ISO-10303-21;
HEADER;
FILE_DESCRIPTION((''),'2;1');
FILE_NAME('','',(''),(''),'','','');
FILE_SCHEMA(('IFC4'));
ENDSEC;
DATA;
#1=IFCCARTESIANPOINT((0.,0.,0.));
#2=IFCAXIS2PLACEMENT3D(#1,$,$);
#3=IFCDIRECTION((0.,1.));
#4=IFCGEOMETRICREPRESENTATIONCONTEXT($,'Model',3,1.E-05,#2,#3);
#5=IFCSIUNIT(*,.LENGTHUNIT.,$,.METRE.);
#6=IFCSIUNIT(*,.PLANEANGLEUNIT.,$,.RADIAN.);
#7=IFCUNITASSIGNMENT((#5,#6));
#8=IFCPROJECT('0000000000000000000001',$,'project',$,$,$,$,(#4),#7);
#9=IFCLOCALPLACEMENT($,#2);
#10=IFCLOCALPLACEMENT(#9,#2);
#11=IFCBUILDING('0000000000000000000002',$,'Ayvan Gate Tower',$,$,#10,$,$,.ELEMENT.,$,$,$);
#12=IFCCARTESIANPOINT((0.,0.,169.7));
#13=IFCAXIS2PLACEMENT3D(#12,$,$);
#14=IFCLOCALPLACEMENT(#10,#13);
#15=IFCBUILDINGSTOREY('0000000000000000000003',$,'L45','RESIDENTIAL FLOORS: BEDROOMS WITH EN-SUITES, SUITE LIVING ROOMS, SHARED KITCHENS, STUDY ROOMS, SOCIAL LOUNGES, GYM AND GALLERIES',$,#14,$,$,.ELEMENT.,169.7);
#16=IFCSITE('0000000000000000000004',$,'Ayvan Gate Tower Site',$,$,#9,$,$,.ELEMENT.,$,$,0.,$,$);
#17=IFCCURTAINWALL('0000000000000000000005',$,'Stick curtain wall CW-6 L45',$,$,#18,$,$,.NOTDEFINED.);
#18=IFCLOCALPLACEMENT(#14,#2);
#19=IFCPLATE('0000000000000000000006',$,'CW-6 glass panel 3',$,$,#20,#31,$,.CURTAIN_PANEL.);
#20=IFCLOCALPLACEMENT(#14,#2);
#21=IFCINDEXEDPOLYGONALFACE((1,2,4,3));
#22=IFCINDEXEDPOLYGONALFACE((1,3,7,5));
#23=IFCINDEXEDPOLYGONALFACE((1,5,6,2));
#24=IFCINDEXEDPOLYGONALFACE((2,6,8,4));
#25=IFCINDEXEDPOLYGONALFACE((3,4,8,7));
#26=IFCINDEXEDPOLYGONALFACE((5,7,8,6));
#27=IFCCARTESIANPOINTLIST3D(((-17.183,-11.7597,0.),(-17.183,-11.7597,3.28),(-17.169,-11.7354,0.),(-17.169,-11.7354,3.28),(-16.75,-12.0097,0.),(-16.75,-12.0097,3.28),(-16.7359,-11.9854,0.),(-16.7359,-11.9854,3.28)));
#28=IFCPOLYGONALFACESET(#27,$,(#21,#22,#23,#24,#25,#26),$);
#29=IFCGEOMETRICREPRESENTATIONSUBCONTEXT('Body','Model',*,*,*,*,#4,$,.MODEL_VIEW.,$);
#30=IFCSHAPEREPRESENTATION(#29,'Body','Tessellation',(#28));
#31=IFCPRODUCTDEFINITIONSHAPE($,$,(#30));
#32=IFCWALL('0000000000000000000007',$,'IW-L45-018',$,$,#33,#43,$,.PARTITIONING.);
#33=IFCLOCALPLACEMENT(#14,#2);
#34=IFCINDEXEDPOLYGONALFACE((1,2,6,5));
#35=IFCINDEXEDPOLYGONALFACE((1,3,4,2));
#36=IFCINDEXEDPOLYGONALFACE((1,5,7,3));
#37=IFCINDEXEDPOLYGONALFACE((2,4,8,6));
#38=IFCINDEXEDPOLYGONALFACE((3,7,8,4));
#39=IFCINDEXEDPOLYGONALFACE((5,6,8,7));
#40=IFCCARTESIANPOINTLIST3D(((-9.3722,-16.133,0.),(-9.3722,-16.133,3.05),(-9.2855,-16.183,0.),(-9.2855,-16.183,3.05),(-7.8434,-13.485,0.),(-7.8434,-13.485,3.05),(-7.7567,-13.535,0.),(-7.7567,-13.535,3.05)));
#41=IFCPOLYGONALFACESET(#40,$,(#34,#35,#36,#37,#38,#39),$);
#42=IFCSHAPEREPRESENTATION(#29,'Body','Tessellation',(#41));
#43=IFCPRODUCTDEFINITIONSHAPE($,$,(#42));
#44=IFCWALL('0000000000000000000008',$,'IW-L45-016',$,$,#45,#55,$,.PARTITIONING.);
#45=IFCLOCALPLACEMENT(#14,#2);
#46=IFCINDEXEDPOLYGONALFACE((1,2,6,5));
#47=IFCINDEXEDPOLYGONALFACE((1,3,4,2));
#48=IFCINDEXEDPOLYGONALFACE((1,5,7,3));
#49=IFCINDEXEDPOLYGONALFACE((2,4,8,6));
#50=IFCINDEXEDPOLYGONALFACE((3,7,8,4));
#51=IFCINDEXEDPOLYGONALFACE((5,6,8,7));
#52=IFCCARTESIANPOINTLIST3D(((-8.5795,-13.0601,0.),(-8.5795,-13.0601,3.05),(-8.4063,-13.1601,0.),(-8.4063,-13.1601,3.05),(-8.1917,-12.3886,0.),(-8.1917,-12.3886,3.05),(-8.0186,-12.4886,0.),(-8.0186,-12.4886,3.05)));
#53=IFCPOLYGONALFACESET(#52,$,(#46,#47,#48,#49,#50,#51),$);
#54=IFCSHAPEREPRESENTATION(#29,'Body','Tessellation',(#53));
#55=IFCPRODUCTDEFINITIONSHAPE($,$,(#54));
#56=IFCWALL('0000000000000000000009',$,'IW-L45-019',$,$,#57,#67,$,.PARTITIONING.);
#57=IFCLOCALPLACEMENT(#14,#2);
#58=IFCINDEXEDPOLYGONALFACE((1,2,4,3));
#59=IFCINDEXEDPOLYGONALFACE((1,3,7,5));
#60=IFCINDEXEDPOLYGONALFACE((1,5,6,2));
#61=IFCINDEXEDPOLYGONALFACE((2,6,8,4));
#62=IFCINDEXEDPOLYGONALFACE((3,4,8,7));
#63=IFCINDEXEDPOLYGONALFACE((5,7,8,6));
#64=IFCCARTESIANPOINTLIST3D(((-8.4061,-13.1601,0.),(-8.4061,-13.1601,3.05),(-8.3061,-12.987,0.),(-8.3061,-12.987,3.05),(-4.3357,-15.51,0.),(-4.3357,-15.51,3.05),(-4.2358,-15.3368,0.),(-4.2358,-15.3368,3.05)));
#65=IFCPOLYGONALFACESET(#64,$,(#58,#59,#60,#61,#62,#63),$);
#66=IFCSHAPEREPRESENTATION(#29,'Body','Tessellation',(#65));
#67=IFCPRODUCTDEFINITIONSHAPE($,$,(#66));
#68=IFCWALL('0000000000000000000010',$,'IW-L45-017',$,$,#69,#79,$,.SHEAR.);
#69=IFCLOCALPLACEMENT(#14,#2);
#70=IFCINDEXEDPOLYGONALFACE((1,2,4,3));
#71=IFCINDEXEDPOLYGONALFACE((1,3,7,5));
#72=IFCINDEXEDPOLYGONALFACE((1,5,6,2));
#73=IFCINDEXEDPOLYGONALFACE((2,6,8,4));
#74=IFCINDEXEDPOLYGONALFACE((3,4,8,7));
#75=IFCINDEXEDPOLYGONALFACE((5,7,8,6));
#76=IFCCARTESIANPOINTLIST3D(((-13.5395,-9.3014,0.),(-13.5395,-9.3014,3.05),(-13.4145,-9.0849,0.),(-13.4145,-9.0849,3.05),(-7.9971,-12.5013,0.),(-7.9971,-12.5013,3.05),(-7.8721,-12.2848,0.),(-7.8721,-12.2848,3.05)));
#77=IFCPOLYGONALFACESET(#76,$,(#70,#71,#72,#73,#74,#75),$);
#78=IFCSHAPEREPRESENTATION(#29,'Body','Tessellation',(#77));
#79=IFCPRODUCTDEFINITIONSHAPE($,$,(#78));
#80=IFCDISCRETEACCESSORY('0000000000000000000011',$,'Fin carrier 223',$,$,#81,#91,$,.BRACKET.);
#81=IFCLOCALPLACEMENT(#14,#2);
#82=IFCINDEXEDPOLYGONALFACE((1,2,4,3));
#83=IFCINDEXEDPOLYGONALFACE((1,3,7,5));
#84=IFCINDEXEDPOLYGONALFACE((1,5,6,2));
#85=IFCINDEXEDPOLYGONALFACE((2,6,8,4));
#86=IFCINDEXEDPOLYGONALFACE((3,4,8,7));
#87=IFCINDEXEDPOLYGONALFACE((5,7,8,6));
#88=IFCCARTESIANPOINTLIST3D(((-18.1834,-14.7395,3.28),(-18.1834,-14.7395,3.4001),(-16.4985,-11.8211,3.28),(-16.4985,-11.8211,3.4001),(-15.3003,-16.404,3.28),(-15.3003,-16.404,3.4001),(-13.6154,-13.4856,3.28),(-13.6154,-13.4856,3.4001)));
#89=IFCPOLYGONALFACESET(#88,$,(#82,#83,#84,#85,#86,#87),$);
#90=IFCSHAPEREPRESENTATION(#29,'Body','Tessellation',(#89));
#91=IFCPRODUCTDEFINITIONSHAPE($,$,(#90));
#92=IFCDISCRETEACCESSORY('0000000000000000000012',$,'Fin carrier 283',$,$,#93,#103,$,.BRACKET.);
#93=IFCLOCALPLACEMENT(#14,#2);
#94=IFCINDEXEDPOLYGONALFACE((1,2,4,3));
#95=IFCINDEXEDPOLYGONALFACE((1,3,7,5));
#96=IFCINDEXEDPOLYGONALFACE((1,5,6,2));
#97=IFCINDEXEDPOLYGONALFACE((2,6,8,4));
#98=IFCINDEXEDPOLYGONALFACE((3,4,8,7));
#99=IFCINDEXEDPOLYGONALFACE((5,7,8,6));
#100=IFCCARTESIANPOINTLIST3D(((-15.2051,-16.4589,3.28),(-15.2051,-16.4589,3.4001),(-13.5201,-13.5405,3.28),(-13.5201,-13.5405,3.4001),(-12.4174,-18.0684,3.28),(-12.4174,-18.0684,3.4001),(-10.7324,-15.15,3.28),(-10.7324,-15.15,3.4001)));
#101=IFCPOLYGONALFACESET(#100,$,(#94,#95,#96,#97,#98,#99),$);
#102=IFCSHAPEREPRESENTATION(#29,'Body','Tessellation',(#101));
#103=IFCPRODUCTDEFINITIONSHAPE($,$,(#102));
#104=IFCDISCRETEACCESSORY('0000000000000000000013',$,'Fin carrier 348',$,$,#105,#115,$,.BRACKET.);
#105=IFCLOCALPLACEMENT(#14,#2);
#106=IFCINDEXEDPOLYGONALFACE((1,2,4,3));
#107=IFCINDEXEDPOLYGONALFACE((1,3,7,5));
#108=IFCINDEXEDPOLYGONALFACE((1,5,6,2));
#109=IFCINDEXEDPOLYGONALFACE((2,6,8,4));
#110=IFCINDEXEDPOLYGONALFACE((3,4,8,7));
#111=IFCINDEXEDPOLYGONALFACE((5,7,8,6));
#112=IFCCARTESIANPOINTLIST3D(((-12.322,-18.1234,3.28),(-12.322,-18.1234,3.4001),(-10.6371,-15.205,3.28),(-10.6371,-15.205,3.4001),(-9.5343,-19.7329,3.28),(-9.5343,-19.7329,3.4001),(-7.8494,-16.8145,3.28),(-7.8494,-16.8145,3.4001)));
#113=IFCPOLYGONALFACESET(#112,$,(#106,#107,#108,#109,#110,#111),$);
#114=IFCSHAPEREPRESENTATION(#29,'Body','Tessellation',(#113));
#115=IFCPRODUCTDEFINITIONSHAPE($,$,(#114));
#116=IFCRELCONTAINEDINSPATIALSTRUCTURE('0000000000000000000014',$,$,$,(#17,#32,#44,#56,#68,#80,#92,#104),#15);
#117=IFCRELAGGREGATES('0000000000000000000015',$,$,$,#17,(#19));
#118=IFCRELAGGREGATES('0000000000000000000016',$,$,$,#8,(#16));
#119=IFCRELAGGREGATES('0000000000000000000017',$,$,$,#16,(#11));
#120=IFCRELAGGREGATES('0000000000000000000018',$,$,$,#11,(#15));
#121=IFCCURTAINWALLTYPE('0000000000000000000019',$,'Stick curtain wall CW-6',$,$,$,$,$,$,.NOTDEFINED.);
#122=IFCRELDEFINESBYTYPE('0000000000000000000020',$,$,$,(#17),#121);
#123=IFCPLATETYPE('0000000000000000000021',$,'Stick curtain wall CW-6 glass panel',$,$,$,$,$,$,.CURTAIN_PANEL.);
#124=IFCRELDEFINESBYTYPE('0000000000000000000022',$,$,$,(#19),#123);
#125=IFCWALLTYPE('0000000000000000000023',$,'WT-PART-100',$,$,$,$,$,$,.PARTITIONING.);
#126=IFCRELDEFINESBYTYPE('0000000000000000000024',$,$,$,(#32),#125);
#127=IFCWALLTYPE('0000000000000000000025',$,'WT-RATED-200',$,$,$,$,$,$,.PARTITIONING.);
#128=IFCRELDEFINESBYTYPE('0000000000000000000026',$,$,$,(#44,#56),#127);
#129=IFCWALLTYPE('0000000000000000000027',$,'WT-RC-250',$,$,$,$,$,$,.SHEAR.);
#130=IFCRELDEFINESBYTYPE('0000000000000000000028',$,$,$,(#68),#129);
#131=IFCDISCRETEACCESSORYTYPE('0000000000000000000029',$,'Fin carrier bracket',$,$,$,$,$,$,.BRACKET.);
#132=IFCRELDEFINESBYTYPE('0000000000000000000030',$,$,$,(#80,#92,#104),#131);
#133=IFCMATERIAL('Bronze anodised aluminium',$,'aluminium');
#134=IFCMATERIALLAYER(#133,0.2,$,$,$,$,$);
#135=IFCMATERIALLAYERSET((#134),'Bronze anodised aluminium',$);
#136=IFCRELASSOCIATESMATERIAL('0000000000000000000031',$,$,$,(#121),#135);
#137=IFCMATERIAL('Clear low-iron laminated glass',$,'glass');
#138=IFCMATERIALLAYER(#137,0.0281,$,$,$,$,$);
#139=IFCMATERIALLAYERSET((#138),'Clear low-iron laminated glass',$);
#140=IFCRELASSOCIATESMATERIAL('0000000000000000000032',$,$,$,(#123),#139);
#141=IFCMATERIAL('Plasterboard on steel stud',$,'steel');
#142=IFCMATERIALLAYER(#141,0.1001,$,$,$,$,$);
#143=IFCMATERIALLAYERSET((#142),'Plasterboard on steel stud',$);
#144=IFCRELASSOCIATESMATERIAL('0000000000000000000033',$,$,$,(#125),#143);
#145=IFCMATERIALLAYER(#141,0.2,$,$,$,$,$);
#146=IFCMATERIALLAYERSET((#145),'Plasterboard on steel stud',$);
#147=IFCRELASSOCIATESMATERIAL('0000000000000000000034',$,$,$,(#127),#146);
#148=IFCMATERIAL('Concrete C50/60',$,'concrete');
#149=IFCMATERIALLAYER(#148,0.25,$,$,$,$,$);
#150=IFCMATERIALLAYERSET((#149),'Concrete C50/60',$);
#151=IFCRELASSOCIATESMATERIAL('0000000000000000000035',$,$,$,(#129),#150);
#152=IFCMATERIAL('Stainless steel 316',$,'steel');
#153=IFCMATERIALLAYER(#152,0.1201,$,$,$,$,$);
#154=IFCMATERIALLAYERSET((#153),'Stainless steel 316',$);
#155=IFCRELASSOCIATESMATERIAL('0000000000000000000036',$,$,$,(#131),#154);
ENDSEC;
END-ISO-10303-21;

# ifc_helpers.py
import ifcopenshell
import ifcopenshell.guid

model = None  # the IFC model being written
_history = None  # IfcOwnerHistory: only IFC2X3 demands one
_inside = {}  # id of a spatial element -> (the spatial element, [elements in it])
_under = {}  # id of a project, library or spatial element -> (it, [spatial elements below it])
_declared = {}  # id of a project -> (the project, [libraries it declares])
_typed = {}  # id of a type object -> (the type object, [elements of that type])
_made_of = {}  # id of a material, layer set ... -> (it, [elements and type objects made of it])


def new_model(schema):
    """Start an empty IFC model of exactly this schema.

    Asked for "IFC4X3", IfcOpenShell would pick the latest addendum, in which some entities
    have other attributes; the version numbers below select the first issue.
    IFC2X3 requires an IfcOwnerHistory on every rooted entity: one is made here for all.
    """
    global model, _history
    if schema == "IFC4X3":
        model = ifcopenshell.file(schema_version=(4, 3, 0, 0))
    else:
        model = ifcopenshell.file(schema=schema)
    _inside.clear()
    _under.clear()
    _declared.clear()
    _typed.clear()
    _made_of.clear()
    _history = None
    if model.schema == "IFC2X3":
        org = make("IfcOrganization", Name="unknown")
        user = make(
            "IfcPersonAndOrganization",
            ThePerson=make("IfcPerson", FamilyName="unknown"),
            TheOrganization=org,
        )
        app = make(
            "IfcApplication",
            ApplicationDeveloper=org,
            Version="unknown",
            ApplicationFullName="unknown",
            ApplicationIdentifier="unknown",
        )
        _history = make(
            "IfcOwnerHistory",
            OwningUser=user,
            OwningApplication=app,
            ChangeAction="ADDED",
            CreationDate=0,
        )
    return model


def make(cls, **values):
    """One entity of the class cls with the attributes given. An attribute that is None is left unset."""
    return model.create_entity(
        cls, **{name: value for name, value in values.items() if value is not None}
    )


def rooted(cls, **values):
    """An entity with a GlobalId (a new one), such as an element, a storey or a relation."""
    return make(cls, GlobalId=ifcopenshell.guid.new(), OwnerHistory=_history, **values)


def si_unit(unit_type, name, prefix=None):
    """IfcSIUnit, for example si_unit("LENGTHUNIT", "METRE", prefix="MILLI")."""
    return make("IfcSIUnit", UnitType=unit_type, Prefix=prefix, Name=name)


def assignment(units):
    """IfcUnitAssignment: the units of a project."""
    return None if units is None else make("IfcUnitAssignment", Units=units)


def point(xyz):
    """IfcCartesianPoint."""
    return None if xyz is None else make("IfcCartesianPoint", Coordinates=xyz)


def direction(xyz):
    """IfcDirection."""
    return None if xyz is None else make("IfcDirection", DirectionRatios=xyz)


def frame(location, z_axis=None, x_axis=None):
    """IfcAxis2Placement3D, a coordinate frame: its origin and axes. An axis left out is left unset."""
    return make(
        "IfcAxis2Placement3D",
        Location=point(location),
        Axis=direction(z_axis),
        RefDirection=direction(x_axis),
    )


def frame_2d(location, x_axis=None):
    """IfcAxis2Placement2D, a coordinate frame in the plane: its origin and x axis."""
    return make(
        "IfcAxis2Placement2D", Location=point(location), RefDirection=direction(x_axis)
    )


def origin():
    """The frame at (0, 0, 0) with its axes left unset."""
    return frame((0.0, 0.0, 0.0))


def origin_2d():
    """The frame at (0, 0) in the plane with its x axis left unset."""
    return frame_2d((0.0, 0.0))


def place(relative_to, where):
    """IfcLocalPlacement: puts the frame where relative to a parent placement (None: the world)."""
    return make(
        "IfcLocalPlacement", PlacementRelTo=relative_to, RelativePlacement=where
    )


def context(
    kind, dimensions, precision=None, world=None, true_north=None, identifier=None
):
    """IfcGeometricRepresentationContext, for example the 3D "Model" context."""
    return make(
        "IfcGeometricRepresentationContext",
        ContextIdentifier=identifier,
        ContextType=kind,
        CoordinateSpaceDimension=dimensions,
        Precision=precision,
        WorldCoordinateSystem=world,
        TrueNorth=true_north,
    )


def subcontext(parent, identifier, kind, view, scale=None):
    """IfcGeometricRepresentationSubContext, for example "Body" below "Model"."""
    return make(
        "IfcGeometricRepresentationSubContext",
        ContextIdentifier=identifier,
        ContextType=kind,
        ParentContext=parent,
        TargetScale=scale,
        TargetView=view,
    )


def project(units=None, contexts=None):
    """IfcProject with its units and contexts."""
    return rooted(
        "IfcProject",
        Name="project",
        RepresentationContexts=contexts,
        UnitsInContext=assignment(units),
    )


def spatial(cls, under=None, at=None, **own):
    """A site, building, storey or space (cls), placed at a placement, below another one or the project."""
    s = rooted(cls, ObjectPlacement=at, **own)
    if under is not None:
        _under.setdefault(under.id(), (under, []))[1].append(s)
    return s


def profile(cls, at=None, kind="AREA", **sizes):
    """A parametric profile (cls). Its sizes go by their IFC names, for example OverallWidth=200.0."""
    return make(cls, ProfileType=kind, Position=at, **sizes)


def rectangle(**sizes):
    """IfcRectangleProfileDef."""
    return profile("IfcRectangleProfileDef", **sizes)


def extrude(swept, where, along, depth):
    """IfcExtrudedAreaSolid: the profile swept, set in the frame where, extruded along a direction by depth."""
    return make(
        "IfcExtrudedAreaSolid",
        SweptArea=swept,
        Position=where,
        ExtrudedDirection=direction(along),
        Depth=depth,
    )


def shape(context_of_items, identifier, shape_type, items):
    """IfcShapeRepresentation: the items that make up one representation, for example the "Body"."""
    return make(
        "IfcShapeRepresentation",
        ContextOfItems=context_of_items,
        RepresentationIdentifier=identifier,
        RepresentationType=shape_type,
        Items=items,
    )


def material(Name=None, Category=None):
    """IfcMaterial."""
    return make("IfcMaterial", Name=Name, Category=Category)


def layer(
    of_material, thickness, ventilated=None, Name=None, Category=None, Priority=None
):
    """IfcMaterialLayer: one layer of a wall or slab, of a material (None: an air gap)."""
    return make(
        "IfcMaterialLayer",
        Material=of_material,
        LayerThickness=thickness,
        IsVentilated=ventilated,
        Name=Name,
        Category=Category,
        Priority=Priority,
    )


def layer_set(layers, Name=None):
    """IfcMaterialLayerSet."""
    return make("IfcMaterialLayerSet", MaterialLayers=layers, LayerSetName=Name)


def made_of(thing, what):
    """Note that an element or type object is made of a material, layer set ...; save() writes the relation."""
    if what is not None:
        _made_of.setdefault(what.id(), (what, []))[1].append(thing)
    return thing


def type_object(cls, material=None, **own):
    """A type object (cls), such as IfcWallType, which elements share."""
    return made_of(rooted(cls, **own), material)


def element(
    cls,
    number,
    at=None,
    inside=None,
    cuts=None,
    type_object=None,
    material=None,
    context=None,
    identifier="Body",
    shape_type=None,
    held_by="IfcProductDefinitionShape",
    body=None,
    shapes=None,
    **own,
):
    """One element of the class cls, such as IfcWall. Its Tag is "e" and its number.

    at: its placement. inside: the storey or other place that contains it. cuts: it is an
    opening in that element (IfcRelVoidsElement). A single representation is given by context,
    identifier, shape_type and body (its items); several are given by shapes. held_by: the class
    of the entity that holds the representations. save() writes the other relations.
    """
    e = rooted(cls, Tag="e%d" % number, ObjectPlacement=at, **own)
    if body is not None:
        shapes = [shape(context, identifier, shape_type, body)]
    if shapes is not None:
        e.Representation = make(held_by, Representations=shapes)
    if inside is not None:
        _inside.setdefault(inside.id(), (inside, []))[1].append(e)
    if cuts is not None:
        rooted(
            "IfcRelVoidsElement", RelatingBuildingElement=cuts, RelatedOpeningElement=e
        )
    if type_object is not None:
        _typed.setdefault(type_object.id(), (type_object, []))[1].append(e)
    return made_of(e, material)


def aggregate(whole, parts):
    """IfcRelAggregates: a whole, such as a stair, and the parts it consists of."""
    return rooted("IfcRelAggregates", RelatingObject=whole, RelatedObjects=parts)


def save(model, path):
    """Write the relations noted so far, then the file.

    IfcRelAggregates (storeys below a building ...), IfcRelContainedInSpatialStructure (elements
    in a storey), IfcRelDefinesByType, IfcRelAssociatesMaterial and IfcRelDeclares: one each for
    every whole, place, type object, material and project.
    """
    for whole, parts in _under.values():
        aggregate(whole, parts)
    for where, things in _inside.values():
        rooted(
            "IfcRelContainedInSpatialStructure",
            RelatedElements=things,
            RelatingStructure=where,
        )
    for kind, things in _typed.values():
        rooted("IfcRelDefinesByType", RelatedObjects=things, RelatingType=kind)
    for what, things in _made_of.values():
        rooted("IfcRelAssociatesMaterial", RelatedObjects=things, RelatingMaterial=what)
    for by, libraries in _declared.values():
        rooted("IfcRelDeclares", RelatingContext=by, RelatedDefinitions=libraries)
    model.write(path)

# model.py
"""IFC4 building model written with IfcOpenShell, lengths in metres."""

from ifc_helpers import new_model, si_unit, direction, frame, frame_2d, origin, origin_2d, place, context, subcontext, project, spatial, rectangle, extrude, material, layer, layer_set, type_object, element, aggregate, save


model = new_model("IFC4")

# Units and contexts
model_context = context("Model", 3, precision=1e-05, world=origin(), true_north=direction((0.0, 1.0)))
body_context = subcontext(model_context, "Body", "Model", "MODEL_VIEW")
ifc_project = project(units=[si_unit("LENGTHUNIT", "METRE"), si_unit("PLANEANGLEUNIT", "RADIAN")], contexts=[model_context])

# Site, building, storey
site_placement = place(None, origin())
site = spatial("IfcSite", under=ifc_project, at=site_placement, Name="Ayvan Gate Tower Site", CompositionType="ELEMENT", RefElevation=0.0)
building_placement = place(site_placement, origin())
building = spatial("IfcBuilding", under=site, at=building_placement, Name="Ayvan Gate Tower", CompositionType="ELEMENT")
storey_placement = place(building_placement, frame((0.0, 0.0, 169.7)))
storey = spatial("IfcBuildingStorey", under=building, at=storey_placement, Name="L45", Description="RESIDENTIAL FLOORS: BEDROOMS WITH EN-SUITES, SUITE LIVING ROOMS, SHARED KITCHENS, STUDY ROOMS, SOCIAL LOUNGES, GYM AND GALLERIES", CompositionType="ELEMENT", Elevation=169.7)

# Curtain wall
ifc_material_1 = material(Name="Bronze anodised aluminium", Category="aluminium")
ifc_layer_1 = layer(ifc_material_1, 0.2)
ifc_layer_set_1 = layer_set([ifc_layer_1], Name="Bronze anodised aluminium")
curtain_wall_type_1 = type_object("IfcCurtainWallType", Name="Stick curtain wall CW-6", PredefinedType="NOTDEFINED", material=ifc_layer_set_1)
curtain_wall_1_placement = place(storey_placement, origin())
curtain_wall_1 = element("IfcCurtainWall", 1, at=curtain_wall_1_placement, inside=storey, type_object=curtain_wall_type_1, Name="Stick curtain wall CW-6 L45", PredefinedType="NOTDEFINED")

# Plate
ifc_material_2 = material(Name="Clear low-iron laminated glass", Category="glass")
ifc_layer_2 = layer(ifc_material_2, 0.0281)
ifc_layer_set_2 = layer_set([ifc_layer_2], Name="Clear low-iron laminated glass")
plate_type_1 = type_object("IfcPlateType", Name="Stick curtain wall CW-6 glass panel", PredefinedType="CURTAIN_PANEL", material=ifc_layer_set_2)
plate_1_placement = place(storey_placement, frame((-16.9595, -11.8726, 0.0), z_axis=(0.0, 0.0, 1.0), x_axis=(0.866025, -0.5, 0.0)))
plate_1 = element("IfcPlate", 2, at=plate_1_placement, type_object=plate_type_1, Name="CW-6 glass panel 3", PredefinedType="CURTAIN_PANEL", context=body_context, shape_type="SweptSolid", body=[
    extrude(rectangle(XDim=0.5, YDim=0.0281, at=origin_2d()), origin(), (0.0, 0.0, 1.0), 3.28),
])
aggregate(curtain_wall_1, [plate_1])

# Walls
ifc_material_3 = material(Name="Plasterboard on steel stud", Category="steel")
ifc_layer_3 = layer(ifc_material_3, 0.1001)
ifc_layer_set_3 = layer_set([ifc_layer_3], Name="Plasterboard on steel stud")
wall_type_1 = type_object("IfcWallType", Name="WT-PART-100", PredefinedType="PARTITIONING", material=ifc_layer_set_3)
wall_1_placement = place(storey_placement, frame((-7.8, -13.51, 0.0), z_axis=(0.0, 0.0, 1.0), x_axis=(-0.500004, -0.866023, 0.0)))
element("IfcWall", 3, at=wall_1_placement, inside=storey, type_object=wall_type_1, Name="IW-L45-018", PredefinedType="PARTITIONING", context=body_context, shape_type="SweptSolid", body=[
    extrude(rectangle(XDim=3.0576, YDim=0.1001, at=frame_2d((1.5288, 0.0))), origin(), (0.0, 0.0, 1.0), 3.05),
])
ifc_layer_4 = layer(ifc_material_3, 0.2)
ifc_layer_set_4 = layer_set([ifc_layer_4], Name="Plasterboard on steel stud")
wall_type_2 = type_object("IfcWallType", Name="WT-RATED-200", PredefinedType="PARTITIONING", material=ifc_layer_set_4)
wall_2_placement = place(storey_placement, frame((-8.4929, -13.1101, 0.0), z_axis=(0.0, 0.0, 1.0), x_axis=(0.500068, 0.865986, 0.0)))
element("IfcWall", 4, at=wall_2_placement, inside=storey, type_object=wall_type_2, Name="IW-L45-016", PredefinedType="PARTITIONING", context=body_context, shape_type="SweptSolid", body=[
    extrude(rectangle(XDim=0.7754, YDim=0.2, at=frame_2d((0.3877, 0.0))), origin(), (0.0, 0.0, 1.0), 3.05),
])
wall_3_placement = place(storey_placement, frame((-8.3562, -13.0735, 0.0), z_axis=(0.0, 0.0, 1.0), x_axis=(0.866039, -0.499977, 0.0)))
element("IfcWall", 5, at=wall_3_placement, inside=storey, type_object=wall_type_2, Name="IW-L45-019", PredefinedType="PARTITIONING", context=body_context, shape_type="SweptSolid", body=[
    extrude(rectangle(XDim=4.7, YDim=0.2, at=frame_2d((2.3501, 0.0))), origin(), (0.0, 0.0, 1.0), 3.05),
])
ifc_material_4 = material(Name="Concrete C50/60", Category="concrete")
ifc_layer_5 = layer(ifc_material_4, 0.25)
ifc_layer_set_5 = layer_set([ifc_layer_5], Name="Concrete C50/60")
wall_type_3 = type_object("IfcWallType", Name="WT-RC-250", PredefinedType="SHEAR", material=ifc_layer_set_5)
wall_4_placement = place(storey_placement, frame((-7.9346, -12.3931, 0.0), z_axis=(0.0, 0.0, 1.0), x_axis=(-0.866025, 0.5, 0.0)))
element("IfcWall", 6, at=wall_4_placement, inside=storey, type_object=wall_type_3, Name="IW-L45-017", PredefinedType="SHEAR", context=body_context, shape_type="SweptSolid", body=[
    extrude(rectangle(XDim=6.3999, YDim=0.25, at=frame_2d((3.2, 0.0))), origin(), (0.0, 0.0, 1.0), 3.05),
])

# Discrete accessories
ifc_material_5 = material(Name="Stainless steel 316", Category="steel")
ifc_layer_6 = layer(ifc_material_5, 0.1201)
ifc_layer_set_6 = layer_set([ifc_layer_6], Name="Stainless steel 316")
discrete_accessory_type = type_object("IfcDiscreteAccessoryType", Name="Fin carrier bracket", PredefinedType="BRACKET", material=ifc_layer_set_6)
discrete_accessory_placement = place(storey_placement, frame((-15.8994, -14.1125, 3.28), z_axis=(0.0, 0.0, 1.0), x_axis=(0.866025, -0.5, 0.0)))
element("IfcDiscreteAccessory", 7, at=discrete_accessory_placement, inside=storey, type_object=discrete_accessory_type, Name="Fin carrier 223", PredefinedType="BRACKET", context=body_context, shape_type="SweptSolid", body=[
    extrude(rectangle(XDim=3.3291, YDim=3.3699, at=origin_2d()), origin(), (0.0, 0.0, 1.0), 0.1201),
])
for number, where, z_axis, x_axis, name in (
    (8, (-12.9688, -15.8044, 3.28), (0.0, 0.0, 1.0), (0.866025, -0.5, 0.0), "Fin carrier 283"),
    (9, (-10.0857, -17.469, 3.28), (0.0, 0.0, 1.0), (0.866025, -0.5, 0.0), "Fin carrier 348"),
):
    element("IfcDiscreteAccessory", number, at=place(storey_placement, frame(where, z_axis=z_axis, x_axis=x_axis)), inside=storey, type_object=discrete_accessory_type, Name=name, PredefinedType="BRACKET", context=body_context, shape_type="SweptSolid", body=[
        extrude(rectangle(XDim=3.219, YDim=3.3699, at=origin_2d()), origin(), (0.0, 0.0, 1.0), 0.1201),
    ])

save(model, "model.ifc")
